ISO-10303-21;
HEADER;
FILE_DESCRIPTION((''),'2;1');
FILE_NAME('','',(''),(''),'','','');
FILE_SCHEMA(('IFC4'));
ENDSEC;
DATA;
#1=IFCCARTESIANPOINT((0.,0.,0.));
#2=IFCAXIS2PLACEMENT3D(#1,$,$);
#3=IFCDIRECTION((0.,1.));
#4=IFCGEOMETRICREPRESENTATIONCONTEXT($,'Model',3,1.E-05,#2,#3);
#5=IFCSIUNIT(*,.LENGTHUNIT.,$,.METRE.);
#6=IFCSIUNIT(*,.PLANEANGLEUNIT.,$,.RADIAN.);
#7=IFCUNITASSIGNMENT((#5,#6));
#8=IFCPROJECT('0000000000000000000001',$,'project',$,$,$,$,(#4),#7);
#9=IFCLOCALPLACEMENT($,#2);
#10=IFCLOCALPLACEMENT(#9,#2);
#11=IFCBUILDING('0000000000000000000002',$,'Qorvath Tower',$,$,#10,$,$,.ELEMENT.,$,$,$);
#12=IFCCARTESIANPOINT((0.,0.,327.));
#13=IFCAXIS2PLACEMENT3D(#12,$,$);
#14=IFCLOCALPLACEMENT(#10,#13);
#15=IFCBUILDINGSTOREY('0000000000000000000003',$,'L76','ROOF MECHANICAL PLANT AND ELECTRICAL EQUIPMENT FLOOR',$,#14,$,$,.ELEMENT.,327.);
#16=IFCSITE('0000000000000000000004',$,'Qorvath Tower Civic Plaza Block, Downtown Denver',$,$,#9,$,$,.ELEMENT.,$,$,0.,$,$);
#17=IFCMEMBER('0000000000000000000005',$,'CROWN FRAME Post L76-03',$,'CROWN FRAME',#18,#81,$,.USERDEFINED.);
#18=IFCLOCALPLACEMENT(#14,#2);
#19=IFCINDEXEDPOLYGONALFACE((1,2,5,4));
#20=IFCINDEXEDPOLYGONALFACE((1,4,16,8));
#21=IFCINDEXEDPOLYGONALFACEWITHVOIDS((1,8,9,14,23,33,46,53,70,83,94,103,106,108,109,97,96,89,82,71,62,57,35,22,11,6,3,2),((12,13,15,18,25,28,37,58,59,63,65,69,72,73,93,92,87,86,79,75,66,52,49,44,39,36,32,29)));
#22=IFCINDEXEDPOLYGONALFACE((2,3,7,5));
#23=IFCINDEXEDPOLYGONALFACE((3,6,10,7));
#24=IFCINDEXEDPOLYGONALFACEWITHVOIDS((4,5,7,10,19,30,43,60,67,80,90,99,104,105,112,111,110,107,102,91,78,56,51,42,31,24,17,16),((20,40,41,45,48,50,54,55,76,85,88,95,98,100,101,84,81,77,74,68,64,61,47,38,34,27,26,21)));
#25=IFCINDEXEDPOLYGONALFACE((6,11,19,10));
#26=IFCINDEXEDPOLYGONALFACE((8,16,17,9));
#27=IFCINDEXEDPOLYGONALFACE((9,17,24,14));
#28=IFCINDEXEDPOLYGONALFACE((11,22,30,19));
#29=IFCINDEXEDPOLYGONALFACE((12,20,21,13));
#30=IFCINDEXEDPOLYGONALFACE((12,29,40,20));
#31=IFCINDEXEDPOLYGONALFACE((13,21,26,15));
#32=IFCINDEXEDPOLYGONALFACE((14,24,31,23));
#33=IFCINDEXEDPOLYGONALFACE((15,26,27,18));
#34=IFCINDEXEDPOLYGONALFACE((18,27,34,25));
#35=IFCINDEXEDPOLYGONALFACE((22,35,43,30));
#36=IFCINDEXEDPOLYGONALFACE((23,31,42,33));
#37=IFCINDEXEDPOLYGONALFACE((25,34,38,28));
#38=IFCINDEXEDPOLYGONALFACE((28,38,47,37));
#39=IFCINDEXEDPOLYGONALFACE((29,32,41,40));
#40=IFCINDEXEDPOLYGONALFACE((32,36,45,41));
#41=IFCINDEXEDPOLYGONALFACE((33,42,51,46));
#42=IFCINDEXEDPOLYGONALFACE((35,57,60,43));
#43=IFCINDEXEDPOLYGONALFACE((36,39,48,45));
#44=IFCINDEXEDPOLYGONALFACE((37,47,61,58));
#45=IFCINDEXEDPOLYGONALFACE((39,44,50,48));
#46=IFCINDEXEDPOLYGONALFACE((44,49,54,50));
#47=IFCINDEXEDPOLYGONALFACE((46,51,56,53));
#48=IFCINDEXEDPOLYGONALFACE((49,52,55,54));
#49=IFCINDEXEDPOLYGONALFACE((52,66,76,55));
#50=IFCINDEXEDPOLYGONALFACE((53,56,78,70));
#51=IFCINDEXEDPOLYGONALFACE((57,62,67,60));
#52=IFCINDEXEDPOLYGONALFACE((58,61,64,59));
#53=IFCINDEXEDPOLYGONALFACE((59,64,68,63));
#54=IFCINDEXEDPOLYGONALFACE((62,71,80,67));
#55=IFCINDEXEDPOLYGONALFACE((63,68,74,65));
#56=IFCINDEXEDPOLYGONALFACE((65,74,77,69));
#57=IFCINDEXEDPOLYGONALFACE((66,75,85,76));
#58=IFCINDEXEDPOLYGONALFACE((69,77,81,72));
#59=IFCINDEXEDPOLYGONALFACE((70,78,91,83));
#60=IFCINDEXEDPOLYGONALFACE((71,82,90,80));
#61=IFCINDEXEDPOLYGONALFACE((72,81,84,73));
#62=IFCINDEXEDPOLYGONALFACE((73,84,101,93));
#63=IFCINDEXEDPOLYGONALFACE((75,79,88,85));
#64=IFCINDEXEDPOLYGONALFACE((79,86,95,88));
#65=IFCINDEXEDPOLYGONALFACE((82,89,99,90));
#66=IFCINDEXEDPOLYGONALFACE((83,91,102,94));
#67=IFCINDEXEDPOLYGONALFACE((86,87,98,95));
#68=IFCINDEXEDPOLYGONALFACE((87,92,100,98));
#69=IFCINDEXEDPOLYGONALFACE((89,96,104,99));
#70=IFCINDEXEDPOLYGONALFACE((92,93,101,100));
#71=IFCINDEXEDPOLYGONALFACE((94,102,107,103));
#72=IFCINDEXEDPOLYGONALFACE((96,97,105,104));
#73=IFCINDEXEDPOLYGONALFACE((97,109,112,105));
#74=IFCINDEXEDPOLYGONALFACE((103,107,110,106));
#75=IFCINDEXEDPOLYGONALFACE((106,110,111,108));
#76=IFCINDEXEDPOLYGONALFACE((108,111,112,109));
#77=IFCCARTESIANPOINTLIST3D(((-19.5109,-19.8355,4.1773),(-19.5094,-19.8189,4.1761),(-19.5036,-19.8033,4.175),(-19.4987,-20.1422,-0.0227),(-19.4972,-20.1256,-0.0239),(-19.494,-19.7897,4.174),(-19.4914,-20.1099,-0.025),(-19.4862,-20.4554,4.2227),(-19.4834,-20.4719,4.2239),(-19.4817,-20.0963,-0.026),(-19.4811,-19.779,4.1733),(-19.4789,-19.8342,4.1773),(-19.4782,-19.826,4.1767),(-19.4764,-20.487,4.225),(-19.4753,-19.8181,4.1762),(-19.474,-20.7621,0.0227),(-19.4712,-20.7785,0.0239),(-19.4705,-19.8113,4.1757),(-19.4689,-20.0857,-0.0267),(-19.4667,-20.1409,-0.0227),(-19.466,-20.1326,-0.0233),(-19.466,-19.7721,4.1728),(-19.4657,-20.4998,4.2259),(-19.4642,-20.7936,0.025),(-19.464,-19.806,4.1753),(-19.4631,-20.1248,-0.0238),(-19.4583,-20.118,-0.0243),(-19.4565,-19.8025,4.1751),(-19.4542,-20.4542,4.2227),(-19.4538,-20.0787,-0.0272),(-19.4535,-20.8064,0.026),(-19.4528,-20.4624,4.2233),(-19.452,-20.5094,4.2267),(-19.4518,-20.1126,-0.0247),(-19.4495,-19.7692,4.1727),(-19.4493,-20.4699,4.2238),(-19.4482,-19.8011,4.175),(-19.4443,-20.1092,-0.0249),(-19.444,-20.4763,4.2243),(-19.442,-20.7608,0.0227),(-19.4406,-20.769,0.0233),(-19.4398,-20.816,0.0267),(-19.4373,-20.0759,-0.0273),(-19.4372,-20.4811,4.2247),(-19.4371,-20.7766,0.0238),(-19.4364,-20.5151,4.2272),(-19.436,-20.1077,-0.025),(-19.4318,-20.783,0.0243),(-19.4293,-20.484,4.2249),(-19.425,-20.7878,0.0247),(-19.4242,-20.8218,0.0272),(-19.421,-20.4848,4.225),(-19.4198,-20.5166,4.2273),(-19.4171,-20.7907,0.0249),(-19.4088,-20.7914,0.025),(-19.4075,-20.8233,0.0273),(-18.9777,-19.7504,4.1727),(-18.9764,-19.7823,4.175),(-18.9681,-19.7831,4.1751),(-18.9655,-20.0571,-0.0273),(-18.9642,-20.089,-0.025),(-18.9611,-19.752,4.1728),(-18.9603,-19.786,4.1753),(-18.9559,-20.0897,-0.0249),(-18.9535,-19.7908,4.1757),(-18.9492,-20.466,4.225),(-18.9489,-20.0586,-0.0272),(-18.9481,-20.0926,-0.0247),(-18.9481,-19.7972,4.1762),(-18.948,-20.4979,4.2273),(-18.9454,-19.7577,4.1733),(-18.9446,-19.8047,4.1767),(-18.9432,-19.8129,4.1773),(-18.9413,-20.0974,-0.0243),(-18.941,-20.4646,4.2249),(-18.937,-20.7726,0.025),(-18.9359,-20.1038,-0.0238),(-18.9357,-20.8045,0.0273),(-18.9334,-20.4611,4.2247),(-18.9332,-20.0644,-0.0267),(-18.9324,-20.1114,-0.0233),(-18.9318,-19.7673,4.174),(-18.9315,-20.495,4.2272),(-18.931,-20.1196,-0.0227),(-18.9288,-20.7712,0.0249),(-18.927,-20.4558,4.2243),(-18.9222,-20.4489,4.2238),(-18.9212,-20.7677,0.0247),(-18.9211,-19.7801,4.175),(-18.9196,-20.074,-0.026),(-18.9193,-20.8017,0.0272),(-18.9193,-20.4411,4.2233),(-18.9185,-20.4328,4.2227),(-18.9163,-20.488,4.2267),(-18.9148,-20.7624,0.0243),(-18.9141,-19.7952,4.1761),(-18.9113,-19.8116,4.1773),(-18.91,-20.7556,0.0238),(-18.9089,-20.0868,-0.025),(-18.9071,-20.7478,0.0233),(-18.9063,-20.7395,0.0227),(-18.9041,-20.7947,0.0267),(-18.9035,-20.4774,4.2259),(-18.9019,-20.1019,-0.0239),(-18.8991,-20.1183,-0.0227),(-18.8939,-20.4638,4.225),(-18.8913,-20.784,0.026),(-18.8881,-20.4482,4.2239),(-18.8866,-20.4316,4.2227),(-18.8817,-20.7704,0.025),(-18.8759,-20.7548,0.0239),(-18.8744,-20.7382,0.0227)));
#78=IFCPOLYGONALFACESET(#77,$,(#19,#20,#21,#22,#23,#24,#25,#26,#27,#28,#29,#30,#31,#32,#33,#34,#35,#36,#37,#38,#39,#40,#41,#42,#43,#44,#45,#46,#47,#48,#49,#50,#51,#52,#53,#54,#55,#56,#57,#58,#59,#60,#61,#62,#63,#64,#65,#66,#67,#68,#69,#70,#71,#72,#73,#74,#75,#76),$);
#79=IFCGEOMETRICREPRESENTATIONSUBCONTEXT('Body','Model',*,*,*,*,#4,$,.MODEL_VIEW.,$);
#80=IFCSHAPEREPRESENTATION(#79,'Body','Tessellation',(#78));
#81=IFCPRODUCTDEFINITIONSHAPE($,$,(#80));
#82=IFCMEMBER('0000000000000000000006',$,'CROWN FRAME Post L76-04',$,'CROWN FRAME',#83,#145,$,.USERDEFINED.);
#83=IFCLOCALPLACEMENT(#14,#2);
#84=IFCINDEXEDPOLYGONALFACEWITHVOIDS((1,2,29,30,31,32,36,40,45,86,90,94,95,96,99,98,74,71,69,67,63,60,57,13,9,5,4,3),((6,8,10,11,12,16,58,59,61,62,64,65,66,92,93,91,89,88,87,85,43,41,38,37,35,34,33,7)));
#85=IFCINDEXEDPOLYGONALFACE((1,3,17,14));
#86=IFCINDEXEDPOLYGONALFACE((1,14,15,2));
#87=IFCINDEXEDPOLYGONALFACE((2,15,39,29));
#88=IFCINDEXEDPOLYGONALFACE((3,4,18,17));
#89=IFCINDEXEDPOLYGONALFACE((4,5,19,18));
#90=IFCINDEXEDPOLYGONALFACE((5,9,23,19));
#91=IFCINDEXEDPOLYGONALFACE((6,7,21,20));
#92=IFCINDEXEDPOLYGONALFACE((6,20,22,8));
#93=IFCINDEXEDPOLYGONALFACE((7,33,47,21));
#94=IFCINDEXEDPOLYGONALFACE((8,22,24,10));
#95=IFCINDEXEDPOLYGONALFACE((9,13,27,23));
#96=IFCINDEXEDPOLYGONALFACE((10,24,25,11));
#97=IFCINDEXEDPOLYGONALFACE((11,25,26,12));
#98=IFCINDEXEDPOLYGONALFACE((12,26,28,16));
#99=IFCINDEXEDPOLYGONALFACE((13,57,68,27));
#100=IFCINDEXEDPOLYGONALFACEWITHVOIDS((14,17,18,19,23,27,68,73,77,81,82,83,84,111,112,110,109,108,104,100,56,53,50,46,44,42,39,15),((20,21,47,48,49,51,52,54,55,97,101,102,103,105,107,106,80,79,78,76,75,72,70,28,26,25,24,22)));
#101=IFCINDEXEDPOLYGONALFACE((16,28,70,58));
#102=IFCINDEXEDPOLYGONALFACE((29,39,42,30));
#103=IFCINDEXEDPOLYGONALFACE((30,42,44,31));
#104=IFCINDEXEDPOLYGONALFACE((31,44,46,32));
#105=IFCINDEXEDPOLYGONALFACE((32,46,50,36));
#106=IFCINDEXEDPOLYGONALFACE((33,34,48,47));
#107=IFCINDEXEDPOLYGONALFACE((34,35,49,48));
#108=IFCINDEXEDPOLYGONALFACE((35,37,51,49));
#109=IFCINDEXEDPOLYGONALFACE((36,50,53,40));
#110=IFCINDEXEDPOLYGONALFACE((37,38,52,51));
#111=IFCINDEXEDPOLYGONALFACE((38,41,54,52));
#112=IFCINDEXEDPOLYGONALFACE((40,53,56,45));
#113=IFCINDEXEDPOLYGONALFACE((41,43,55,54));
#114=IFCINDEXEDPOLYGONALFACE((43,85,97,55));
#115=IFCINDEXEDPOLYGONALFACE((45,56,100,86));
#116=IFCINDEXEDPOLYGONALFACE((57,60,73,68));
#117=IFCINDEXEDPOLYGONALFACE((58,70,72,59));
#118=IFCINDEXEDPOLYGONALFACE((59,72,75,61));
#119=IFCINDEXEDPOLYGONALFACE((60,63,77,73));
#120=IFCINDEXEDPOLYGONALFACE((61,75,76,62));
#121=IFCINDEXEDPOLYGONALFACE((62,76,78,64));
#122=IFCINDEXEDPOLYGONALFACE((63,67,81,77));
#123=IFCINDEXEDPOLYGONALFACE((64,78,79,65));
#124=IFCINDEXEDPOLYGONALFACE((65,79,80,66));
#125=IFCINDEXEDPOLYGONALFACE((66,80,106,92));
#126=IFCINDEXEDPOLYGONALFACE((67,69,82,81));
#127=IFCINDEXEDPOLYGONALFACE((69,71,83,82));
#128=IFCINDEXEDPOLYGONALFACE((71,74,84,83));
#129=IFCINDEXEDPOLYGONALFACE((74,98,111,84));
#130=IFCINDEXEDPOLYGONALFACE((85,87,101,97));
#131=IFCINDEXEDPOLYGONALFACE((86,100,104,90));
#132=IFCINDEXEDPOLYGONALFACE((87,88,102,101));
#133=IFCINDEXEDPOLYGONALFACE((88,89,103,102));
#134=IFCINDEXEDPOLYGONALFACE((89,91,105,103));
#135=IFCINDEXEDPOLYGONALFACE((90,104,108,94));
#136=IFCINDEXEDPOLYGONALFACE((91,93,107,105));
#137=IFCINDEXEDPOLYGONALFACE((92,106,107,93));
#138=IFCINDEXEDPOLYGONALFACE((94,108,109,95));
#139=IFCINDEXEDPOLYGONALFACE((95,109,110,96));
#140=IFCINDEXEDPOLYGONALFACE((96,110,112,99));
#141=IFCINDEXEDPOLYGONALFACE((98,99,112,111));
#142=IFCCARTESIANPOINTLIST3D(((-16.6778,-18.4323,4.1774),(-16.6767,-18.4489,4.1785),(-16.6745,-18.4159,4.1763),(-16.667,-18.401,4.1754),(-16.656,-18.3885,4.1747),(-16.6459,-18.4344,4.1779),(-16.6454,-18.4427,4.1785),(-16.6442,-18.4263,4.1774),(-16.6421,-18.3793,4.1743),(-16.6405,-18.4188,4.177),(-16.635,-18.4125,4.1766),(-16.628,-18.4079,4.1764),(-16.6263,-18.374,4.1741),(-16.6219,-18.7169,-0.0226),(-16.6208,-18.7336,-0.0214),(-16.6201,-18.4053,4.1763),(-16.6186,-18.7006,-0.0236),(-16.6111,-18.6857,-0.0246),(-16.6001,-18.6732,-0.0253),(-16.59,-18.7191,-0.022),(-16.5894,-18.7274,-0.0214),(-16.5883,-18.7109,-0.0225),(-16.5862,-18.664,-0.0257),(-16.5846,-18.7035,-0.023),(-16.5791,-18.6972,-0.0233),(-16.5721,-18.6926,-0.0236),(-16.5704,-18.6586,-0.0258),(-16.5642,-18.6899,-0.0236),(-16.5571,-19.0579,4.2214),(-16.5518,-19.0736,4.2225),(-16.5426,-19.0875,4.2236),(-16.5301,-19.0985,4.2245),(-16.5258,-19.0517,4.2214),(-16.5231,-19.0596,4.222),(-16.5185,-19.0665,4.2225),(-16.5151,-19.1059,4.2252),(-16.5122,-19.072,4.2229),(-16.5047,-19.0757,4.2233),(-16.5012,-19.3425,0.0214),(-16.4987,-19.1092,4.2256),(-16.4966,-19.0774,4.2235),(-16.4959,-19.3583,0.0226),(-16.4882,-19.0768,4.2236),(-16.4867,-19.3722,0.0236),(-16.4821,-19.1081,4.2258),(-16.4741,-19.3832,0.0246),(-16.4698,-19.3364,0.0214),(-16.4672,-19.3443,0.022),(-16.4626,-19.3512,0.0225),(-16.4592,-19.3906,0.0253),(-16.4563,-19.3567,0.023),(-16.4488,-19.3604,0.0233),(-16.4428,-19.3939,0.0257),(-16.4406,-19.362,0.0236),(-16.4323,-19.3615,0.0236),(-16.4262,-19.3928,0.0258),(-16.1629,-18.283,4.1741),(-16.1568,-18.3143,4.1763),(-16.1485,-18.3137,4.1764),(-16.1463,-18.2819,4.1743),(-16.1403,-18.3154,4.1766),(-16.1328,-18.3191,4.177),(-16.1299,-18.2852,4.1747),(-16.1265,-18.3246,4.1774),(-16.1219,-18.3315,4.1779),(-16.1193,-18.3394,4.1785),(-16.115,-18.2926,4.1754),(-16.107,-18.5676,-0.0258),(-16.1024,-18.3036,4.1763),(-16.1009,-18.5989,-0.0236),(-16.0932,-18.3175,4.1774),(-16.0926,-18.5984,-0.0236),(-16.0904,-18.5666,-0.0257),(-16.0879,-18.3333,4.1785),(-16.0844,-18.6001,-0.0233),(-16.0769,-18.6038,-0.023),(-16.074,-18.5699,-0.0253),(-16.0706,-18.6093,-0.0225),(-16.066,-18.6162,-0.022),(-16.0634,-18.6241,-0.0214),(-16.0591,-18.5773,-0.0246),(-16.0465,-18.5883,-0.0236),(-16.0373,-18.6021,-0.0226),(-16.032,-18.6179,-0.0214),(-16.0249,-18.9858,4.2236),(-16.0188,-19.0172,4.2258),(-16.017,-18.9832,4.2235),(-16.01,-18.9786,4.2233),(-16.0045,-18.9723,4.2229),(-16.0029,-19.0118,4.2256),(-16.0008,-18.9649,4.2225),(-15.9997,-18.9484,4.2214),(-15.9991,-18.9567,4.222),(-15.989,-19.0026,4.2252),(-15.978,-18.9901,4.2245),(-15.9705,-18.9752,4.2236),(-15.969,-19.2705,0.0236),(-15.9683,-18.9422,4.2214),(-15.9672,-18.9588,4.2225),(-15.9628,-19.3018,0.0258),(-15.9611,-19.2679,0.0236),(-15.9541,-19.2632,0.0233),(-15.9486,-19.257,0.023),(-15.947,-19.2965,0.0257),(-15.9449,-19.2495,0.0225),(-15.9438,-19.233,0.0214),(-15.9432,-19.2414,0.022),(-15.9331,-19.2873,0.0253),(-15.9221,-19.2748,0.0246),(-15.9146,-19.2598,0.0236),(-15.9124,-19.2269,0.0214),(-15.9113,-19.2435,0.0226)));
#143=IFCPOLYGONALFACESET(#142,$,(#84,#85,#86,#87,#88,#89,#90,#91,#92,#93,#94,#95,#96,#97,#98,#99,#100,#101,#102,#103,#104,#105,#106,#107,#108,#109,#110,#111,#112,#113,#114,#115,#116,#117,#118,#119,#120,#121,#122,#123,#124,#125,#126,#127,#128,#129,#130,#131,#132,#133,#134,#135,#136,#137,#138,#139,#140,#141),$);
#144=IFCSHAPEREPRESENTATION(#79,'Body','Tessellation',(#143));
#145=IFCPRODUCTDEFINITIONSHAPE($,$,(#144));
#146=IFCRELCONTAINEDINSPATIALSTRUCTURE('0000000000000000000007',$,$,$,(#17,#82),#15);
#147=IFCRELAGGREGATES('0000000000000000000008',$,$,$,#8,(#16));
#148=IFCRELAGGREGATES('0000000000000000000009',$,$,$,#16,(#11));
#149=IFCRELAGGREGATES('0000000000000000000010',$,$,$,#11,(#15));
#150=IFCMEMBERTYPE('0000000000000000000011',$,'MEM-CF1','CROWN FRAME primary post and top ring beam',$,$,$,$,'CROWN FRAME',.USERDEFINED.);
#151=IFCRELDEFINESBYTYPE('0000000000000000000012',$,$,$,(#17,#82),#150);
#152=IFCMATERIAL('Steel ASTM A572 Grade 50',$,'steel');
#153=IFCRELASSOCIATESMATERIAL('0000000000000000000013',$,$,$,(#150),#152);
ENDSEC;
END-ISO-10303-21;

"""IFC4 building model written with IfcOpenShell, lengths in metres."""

from ifc_helpers import new_model, si_unit, direction, frame, origin, origin_2d, place, context, subcontext, project, spatial, hollow_rectangle, extrude, material, material_profile, profile_set, type_object, element, save


model = new_model("IFC4")

# Units and contexts
model_context = context("Model", 3, precision=1e-05, world=origin(), true_north=direction((0.0, 1.0)))
body_context = subcontext(model_context, "Body", "Model", "MODEL_VIEW")
ifc_project = project(units=[si_unit("LENGTHUNIT", "METRE"), si_unit("PLANEANGLEUNIT", "RADIAN")], contexts=[model_context])

# Site, building, storey
site_placement = place(None, origin())
site = spatial("IfcSite", under=ifc_project, at=site_placement, Name="Qorvath Tower Civic Plaza Block, Downtown Denver", CompositionType="ELEMENT", RefElevation=0.0)
building_placement = place(site_placement, origin())
building = spatial("IfcBuilding", under=site, at=building_placement, Name="Qorvath Tower", CompositionType="ELEMENT")
storey_placement = place(building_placement, frame((0.0, 0.0, 327.0)))
storey = spatial("IfcBuildingStorey", under=building, at=storey_placement, Name="L76", Description="ROOF MECHANICAL PLANT AND ELECTRICAL EQUIPMENT FLOOR", CompositionType="ELEMENT", Elevation=327.0)

# Members
ifc_material_1 = material(Name="Steel ASTM A572 Grade 50", Category="steel")
ifc_material_profile_1 = material_profile(ifc_material_1, hollow_rectangle(XDim=0.6001, YDim=0.75, WallThickness=0.032, InnerFilletRadius=0.032, OuterFilletRadius=0.064, at=origin_2d()), Name="CROWN BOX 750x600x32")
ifc_profile_set_1 = profile_set([ifc_material_profile_1], Name="Steel ASTM A572 Grade 50")
member_type_1 = type_object("IfcMemberType", Name="MEM-CF1", Description="CROWN FRAME primary post and top ring beam", ElementType="CROWN FRAME", PredefinedType="USERDEFINED", material=ifc_profile_set_1)
member_1_placement = place(storey_placement, frame((-19.1865, -20.4402, 0.0), z_axis=(-0.002899, 0.072816, 0.997341), x_axis=(-0.999209, -0.039777, 0.0)))
element("IfcMember", 1, at=member_1_placement, inside=storey, type_object=member_type_1, Name="CROWN FRAME Post L76-03", ObjectType="CROWN FRAME", PredefinedType="USERDEFINED", context=body_context, shape_type="SweptSolid", body=[
    extrude(hollow_rectangle(XDim=0.6001, YDim=0.75, WallThickness=0.032, InnerFilletRadius=0.032, OuterFilletRadius=0.064, at=origin_2d()), origin(), (0.0, 0.0, 1.0), 4.2112),
])
member_2_placement = place(storey_placement, frame((-16.2666, -18.9802, 0.0), z_axis=(-0.01328, 0.067618, 0.997623), x_axis=(-0.981255, -0.192716, 0.0)))
element("IfcMember", 2, at=member_2_placement, inside=storey, type_object=member_type_1, Name="CROWN FRAME Post L76-04", ObjectType="CROWN FRAME", PredefinedType="USERDEFINED", context=body_context, shape_type="SweptSolid", body=[
    extrude(hollow_rectangle(XDim=0.6001, YDim=0.75, WallThickness=0.032, InnerFilletRadius=0.032, OuterFilletRadius=0.064, at=origin_2d()), origin(), (0.0, 0.0, 1.0), 4.21),
])

save(model, "model.ifc")
